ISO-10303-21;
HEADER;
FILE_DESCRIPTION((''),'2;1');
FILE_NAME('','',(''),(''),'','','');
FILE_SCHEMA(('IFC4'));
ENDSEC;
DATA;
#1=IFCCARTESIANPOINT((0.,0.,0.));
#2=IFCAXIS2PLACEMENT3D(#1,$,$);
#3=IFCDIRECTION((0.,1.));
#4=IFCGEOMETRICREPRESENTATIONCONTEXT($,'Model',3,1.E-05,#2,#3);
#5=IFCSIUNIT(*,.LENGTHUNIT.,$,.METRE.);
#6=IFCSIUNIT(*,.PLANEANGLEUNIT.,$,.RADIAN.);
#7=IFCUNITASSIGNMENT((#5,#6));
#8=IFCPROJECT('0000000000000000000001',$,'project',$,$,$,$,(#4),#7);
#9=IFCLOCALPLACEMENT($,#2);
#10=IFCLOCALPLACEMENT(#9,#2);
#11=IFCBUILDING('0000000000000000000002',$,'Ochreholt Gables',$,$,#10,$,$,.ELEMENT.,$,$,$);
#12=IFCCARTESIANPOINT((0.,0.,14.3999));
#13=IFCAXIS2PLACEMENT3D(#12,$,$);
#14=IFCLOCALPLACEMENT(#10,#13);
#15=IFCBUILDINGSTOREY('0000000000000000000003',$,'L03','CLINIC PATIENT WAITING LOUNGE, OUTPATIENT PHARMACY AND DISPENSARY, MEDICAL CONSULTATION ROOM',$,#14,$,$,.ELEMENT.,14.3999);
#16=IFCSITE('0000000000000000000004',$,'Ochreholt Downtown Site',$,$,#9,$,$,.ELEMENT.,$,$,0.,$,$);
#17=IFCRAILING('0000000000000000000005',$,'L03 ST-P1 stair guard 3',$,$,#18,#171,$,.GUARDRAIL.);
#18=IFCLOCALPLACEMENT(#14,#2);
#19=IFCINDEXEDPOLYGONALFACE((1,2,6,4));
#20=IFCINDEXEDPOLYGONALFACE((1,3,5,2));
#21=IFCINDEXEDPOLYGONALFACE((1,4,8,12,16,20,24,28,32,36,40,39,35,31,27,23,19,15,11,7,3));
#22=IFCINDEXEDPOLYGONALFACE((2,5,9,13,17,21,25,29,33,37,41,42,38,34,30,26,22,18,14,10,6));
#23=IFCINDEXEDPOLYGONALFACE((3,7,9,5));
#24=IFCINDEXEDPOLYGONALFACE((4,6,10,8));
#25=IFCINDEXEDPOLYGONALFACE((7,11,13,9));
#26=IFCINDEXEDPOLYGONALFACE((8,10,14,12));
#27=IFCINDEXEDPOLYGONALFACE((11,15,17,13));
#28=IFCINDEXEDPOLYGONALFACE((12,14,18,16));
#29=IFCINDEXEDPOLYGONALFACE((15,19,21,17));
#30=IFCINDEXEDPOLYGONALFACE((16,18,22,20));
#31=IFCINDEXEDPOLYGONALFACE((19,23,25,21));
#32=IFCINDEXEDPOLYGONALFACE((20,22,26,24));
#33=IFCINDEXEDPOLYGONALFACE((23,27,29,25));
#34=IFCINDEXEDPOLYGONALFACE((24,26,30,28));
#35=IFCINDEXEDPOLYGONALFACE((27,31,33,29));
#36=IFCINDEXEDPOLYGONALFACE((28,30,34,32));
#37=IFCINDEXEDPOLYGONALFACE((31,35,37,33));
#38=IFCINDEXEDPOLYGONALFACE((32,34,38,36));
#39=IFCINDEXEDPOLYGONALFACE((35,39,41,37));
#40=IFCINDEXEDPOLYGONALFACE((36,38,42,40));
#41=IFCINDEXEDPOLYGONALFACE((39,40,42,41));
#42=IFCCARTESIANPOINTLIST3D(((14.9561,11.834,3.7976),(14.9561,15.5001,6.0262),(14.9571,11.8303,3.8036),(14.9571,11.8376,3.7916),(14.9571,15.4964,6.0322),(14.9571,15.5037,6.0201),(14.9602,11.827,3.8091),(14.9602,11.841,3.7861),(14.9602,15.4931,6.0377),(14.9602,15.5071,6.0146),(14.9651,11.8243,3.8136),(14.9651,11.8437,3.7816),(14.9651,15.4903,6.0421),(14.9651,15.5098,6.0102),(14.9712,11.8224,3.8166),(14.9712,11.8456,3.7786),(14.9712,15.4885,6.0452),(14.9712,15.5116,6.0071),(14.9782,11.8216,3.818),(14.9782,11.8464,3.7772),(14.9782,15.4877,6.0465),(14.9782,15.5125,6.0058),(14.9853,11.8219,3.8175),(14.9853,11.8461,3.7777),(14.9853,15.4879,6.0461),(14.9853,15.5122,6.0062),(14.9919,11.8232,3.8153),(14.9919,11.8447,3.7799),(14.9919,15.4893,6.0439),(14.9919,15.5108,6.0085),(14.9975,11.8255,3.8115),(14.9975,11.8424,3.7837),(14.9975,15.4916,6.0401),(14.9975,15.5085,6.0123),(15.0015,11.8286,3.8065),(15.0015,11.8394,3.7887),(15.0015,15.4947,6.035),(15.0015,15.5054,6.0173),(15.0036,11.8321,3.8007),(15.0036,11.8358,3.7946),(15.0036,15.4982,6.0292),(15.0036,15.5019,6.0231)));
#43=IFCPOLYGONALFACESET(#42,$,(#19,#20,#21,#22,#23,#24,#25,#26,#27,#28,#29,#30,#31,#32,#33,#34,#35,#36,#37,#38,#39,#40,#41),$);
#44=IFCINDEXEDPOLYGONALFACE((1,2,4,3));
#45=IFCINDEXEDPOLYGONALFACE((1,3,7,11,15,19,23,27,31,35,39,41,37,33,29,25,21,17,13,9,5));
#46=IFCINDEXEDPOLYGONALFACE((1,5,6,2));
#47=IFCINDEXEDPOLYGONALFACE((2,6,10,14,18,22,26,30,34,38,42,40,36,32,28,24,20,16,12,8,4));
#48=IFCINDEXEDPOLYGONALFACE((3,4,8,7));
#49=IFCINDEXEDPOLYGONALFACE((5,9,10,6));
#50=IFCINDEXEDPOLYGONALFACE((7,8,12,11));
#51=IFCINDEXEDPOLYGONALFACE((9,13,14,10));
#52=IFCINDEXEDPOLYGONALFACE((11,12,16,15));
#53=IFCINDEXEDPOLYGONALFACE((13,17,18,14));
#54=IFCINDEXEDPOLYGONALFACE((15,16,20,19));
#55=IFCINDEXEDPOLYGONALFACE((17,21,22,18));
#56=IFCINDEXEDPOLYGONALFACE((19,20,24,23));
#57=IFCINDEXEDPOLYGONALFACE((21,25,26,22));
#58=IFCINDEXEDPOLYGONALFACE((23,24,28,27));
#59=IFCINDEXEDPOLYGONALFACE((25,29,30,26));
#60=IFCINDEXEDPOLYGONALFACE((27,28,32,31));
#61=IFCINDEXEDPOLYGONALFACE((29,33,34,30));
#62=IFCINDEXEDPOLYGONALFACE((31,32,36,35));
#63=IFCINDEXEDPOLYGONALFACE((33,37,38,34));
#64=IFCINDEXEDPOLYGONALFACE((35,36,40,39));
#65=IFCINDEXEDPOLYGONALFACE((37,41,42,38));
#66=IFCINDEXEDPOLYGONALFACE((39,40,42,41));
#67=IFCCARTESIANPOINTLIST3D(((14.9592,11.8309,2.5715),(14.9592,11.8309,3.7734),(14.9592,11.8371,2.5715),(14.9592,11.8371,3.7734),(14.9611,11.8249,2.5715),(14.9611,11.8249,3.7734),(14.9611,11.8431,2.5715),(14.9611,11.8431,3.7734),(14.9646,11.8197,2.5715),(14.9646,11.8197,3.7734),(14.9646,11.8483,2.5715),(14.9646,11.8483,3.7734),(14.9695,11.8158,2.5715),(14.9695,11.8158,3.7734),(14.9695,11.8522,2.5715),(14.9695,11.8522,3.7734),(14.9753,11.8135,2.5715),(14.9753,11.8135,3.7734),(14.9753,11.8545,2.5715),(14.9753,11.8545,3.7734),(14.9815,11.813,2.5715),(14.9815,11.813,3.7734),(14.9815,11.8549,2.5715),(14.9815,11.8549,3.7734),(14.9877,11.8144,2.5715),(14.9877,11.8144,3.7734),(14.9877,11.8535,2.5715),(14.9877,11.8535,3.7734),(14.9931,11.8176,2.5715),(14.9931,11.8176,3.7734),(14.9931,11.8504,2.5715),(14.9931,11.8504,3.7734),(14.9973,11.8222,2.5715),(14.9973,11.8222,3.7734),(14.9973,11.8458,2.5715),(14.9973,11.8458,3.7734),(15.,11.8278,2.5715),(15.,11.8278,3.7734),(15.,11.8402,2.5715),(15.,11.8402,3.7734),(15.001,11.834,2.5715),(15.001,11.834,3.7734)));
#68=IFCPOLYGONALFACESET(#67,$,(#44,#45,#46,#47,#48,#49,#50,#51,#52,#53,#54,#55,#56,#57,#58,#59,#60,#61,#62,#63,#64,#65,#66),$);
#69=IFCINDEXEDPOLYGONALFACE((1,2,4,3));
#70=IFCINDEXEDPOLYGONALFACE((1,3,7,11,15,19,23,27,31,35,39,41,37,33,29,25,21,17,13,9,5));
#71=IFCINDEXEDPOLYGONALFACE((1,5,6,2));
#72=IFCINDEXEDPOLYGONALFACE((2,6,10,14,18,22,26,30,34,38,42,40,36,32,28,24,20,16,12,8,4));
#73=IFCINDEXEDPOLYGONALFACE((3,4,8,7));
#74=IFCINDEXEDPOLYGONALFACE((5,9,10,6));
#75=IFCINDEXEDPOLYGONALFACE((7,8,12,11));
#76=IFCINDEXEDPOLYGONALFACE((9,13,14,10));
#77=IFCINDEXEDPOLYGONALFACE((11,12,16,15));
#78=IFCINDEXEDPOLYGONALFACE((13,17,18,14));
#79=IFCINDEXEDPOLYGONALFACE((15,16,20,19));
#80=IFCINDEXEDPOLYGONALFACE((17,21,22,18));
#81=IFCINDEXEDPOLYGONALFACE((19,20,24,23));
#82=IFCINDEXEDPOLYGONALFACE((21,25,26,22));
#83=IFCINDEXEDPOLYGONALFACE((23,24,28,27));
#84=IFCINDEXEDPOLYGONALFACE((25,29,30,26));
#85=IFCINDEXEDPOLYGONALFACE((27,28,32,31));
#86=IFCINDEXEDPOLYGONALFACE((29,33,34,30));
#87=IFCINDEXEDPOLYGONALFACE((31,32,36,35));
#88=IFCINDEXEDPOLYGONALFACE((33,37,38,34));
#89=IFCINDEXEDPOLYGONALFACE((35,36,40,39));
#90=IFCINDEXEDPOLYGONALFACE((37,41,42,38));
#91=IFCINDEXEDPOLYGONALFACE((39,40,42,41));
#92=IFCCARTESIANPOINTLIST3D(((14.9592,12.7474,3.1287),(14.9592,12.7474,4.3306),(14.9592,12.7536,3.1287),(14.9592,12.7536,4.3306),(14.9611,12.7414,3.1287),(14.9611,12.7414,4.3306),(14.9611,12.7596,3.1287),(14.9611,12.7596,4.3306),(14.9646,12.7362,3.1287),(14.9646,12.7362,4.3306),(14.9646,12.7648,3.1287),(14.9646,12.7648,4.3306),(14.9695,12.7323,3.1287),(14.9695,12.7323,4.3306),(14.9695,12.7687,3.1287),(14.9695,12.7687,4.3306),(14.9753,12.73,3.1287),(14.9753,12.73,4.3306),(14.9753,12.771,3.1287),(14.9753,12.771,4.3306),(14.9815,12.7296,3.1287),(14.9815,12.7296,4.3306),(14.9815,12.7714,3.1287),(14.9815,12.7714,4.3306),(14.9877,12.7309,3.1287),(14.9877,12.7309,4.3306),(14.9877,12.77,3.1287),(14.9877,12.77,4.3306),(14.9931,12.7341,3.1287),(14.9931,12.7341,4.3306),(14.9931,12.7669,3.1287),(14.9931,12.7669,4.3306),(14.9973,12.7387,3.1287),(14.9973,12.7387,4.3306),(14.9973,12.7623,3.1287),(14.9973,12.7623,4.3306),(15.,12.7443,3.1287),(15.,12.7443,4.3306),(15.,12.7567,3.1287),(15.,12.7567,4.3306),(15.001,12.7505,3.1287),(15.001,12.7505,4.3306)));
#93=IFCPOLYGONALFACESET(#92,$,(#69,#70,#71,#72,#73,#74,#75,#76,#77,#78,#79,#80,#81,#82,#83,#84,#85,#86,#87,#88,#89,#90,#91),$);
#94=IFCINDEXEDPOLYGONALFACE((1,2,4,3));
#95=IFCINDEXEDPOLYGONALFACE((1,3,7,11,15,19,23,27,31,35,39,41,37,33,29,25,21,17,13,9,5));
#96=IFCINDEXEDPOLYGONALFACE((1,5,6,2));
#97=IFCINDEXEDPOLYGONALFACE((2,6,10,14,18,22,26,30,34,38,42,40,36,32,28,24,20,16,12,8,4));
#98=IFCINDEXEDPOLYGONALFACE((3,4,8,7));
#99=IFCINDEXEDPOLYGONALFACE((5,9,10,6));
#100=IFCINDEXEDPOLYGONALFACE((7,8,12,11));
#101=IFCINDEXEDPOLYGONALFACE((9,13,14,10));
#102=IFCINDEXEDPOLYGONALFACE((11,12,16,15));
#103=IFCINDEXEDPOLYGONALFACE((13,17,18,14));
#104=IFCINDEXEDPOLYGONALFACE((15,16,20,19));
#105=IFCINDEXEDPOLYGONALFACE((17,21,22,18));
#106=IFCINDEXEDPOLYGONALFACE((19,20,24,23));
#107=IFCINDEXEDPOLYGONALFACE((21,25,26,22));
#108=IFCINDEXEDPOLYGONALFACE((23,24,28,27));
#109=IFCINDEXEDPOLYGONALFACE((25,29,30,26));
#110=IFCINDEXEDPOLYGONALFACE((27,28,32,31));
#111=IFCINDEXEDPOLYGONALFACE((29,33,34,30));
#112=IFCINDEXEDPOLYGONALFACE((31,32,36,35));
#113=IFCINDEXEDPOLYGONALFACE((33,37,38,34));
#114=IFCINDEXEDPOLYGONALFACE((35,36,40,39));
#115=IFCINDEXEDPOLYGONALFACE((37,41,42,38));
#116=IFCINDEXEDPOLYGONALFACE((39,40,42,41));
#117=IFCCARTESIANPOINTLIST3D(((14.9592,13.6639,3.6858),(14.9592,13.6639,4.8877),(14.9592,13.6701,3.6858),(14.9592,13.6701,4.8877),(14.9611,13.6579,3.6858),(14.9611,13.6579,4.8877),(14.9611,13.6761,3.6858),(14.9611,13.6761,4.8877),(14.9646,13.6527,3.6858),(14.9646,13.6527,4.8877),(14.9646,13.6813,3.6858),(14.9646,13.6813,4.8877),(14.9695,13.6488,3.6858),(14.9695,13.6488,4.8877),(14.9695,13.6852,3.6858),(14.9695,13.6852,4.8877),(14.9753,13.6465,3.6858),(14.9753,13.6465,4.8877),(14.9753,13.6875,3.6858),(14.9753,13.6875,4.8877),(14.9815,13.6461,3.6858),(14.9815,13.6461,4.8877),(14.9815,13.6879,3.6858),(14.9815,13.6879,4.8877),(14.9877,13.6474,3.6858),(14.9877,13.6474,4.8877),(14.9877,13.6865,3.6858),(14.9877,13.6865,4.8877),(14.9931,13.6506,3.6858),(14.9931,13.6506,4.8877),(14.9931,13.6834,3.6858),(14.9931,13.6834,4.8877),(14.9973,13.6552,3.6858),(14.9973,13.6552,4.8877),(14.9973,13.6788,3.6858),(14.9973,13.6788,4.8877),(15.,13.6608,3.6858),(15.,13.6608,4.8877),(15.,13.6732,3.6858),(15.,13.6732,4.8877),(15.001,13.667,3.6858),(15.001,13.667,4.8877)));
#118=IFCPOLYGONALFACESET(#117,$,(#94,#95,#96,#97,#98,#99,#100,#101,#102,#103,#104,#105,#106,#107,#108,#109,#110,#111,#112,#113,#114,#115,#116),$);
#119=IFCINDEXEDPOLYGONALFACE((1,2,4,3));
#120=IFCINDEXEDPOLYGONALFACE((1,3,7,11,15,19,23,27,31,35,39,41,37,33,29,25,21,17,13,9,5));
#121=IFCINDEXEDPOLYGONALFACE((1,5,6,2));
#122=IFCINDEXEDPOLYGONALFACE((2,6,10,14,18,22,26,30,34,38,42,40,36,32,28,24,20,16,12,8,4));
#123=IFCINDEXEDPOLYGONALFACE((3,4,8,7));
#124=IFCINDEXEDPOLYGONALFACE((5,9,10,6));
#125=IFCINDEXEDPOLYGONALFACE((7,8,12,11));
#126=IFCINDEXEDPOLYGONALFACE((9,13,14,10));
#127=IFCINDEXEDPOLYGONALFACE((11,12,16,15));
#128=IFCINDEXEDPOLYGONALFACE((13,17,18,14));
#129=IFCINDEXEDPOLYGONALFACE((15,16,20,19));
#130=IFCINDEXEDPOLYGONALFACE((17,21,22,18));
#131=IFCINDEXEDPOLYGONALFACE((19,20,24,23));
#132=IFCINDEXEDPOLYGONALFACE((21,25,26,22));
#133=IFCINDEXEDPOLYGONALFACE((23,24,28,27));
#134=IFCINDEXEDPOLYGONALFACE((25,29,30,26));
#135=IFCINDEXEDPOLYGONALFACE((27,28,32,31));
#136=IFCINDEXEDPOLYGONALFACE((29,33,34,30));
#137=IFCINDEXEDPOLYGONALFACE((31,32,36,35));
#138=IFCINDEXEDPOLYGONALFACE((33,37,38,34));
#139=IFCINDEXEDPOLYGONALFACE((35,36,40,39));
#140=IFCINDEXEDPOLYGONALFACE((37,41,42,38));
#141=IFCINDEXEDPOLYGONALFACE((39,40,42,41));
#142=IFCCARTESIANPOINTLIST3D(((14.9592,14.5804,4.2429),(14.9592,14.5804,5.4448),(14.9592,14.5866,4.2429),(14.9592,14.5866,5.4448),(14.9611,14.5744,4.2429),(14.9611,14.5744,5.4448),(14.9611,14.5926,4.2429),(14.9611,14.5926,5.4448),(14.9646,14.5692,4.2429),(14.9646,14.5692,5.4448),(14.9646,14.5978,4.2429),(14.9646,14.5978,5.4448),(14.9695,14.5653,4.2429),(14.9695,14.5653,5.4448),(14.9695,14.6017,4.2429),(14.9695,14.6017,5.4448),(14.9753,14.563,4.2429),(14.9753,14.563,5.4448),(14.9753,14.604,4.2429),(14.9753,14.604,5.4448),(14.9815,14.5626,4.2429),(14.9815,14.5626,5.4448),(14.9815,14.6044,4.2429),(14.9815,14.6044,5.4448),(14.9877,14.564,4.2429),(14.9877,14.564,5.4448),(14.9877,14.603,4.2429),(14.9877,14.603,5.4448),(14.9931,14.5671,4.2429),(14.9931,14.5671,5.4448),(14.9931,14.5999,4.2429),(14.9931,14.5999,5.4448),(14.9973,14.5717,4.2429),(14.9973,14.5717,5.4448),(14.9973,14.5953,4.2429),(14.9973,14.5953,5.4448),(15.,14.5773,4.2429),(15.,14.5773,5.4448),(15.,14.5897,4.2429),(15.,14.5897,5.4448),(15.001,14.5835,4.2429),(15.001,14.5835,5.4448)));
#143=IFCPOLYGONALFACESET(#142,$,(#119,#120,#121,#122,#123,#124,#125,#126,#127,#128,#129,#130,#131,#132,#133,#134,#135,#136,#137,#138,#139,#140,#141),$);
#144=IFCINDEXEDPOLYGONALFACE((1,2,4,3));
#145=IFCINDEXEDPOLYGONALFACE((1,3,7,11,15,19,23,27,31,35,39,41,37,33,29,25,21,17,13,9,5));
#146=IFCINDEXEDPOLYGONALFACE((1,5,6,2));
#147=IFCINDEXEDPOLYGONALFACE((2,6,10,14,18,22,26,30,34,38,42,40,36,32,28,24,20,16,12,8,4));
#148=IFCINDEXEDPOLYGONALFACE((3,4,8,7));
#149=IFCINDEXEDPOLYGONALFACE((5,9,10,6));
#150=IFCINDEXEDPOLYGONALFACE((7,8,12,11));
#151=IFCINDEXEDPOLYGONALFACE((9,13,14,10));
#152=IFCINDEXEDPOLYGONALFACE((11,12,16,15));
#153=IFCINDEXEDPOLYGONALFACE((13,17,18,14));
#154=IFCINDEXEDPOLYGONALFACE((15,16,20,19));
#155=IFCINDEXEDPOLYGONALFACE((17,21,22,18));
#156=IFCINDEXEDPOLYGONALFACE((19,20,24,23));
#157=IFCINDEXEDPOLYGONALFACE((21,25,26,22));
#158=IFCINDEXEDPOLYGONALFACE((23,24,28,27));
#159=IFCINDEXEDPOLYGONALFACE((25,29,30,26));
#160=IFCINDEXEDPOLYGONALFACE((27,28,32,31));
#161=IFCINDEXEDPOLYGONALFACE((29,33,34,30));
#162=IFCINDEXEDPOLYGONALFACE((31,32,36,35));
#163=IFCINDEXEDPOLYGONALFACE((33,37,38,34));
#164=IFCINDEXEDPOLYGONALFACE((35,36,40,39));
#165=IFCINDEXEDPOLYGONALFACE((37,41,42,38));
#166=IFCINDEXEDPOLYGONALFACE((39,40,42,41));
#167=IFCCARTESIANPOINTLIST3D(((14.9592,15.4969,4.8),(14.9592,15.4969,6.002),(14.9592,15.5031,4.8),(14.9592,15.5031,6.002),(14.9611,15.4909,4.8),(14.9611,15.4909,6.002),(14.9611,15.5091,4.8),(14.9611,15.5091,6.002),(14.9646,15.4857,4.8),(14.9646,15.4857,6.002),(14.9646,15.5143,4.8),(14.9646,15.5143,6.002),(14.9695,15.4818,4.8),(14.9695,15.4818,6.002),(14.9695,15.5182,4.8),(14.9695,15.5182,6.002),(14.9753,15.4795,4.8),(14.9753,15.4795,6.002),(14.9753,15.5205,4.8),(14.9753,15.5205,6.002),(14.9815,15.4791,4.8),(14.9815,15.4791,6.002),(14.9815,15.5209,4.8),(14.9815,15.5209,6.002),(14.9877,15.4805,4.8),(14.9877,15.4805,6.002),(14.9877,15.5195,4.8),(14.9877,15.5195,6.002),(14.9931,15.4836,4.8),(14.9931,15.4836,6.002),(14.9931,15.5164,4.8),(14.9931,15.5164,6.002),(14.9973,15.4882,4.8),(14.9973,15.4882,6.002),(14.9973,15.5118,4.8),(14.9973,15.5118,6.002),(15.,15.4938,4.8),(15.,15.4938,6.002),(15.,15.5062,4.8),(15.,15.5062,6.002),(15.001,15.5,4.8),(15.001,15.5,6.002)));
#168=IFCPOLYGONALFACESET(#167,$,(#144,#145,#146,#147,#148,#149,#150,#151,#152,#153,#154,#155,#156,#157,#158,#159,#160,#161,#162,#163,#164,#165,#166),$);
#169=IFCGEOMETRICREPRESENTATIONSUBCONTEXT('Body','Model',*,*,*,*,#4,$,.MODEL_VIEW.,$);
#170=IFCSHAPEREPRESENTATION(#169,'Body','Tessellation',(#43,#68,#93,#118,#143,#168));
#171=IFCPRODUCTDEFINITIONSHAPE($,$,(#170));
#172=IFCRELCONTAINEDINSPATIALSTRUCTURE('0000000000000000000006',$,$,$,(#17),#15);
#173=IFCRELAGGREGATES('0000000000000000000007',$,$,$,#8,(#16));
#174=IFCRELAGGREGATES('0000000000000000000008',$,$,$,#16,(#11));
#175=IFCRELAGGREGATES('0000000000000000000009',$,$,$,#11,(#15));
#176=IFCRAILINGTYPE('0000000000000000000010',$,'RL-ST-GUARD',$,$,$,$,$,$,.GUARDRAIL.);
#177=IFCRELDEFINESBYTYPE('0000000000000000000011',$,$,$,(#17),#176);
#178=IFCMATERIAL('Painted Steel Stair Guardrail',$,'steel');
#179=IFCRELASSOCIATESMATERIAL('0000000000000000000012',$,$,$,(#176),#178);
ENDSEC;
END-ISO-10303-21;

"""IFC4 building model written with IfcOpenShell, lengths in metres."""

from ifc_helpers import new_model, si_unit, direction, frame, origin, origin_2d, place, context, subcontext, project, spatial, circle, extrude, material, type_object, element, save


model = new_model("IFC4")

# Units and contexts
model_context = context("Model", 3, precision=1e-05, world=origin(), true_north=direction((0.0, 1.0)))
body_context = subcontext(model_context, "Body", "Model", "MODEL_VIEW")
ifc_project = project(units=[si_unit("LENGTHUNIT", "METRE"), si_unit("PLANEANGLEUNIT", "RADIAN")], contexts=[model_context])

# Site, building, storey
site_placement = place(None, origin())
site = spatial("IfcSite", under=ifc_project, at=site_placement, Name="Ochreholt Downtown Site", CompositionType="ELEMENT", RefElevation=0.0)
building_placement = place(site_placement, origin())
building = spatial("IfcBuilding", under=site, at=building_placement, Name="Ochreholt Gables", CompositionType="ELEMENT")
storey_placement = place(building_placement, frame((0.0, 0.0, 14.3999)))
storey = spatial("IfcBuildingStorey", under=building, at=storey_placement, Name="L03", Description="CLINIC PATIENT WAITING LOUNGE, OUTPATIENT PHARMACY AND DISPENSARY, MEDICAL CONSULTATION ROOM", CompositionType="ELEMENT", Elevation=14.3999)

# Railing
ifc_material_1 = material(Name="Painted Steel Stair Guardrail", Category="steel")
railing_type_1 = type_object("IfcRailingType", Name="RL-ST-GUARD", PredefinedType="GUARDRAIL", material=ifc_material_1)
railing_1_placement = place(storey_placement, frame((14.98, 11.834, 2.5715)))
element("IfcRailing", 1, at=railing_1_placement, inside=storey, type_object=railing_type_1, Name="L03 ST-P1 stair guard 3", PredefinedType="GUARDRAIL", context=body_context, shape_type="SweptSolid", body=[
    extrude(circle(Radius=0.0239, at=origin_2d()), frame((0.0, 0.0, 1.2261), z_axis=(0.0, 0.854506, 0.519441), x_axis=(-1.0, 0.0, 0.0)), (0.0, 0.0, 1.0), 4.2903),
    extrude(circle(Radius=0.021, at=origin_2d()), origin(), (0.0, 0.0, 1.0), 1.2019),
    extrude(circle(Radius=0.021, at=origin_2d()), frame((0.0, 0.9165, 0.5571)), (0.0, 0.0, 1.0), 1.2019),
    extrude(circle(Radius=0.021, at=origin_2d()), frame((0.0, 1.833, 1.1143)), (0.0, 0.0, 1.0), 1.2019),
    extrude(circle(Radius=0.021, at=origin_2d()), frame((0.0, 2.7495, 1.6714)), (0.0, 0.0, 1.0), 1.2019),
    extrude(circle(Radius=0.021, at=origin_2d()), frame((0.0, 3.666, 2.2285)), (0.0, 0.0, 1.0), 1.2019),
])

save(model, "model.ifc")
